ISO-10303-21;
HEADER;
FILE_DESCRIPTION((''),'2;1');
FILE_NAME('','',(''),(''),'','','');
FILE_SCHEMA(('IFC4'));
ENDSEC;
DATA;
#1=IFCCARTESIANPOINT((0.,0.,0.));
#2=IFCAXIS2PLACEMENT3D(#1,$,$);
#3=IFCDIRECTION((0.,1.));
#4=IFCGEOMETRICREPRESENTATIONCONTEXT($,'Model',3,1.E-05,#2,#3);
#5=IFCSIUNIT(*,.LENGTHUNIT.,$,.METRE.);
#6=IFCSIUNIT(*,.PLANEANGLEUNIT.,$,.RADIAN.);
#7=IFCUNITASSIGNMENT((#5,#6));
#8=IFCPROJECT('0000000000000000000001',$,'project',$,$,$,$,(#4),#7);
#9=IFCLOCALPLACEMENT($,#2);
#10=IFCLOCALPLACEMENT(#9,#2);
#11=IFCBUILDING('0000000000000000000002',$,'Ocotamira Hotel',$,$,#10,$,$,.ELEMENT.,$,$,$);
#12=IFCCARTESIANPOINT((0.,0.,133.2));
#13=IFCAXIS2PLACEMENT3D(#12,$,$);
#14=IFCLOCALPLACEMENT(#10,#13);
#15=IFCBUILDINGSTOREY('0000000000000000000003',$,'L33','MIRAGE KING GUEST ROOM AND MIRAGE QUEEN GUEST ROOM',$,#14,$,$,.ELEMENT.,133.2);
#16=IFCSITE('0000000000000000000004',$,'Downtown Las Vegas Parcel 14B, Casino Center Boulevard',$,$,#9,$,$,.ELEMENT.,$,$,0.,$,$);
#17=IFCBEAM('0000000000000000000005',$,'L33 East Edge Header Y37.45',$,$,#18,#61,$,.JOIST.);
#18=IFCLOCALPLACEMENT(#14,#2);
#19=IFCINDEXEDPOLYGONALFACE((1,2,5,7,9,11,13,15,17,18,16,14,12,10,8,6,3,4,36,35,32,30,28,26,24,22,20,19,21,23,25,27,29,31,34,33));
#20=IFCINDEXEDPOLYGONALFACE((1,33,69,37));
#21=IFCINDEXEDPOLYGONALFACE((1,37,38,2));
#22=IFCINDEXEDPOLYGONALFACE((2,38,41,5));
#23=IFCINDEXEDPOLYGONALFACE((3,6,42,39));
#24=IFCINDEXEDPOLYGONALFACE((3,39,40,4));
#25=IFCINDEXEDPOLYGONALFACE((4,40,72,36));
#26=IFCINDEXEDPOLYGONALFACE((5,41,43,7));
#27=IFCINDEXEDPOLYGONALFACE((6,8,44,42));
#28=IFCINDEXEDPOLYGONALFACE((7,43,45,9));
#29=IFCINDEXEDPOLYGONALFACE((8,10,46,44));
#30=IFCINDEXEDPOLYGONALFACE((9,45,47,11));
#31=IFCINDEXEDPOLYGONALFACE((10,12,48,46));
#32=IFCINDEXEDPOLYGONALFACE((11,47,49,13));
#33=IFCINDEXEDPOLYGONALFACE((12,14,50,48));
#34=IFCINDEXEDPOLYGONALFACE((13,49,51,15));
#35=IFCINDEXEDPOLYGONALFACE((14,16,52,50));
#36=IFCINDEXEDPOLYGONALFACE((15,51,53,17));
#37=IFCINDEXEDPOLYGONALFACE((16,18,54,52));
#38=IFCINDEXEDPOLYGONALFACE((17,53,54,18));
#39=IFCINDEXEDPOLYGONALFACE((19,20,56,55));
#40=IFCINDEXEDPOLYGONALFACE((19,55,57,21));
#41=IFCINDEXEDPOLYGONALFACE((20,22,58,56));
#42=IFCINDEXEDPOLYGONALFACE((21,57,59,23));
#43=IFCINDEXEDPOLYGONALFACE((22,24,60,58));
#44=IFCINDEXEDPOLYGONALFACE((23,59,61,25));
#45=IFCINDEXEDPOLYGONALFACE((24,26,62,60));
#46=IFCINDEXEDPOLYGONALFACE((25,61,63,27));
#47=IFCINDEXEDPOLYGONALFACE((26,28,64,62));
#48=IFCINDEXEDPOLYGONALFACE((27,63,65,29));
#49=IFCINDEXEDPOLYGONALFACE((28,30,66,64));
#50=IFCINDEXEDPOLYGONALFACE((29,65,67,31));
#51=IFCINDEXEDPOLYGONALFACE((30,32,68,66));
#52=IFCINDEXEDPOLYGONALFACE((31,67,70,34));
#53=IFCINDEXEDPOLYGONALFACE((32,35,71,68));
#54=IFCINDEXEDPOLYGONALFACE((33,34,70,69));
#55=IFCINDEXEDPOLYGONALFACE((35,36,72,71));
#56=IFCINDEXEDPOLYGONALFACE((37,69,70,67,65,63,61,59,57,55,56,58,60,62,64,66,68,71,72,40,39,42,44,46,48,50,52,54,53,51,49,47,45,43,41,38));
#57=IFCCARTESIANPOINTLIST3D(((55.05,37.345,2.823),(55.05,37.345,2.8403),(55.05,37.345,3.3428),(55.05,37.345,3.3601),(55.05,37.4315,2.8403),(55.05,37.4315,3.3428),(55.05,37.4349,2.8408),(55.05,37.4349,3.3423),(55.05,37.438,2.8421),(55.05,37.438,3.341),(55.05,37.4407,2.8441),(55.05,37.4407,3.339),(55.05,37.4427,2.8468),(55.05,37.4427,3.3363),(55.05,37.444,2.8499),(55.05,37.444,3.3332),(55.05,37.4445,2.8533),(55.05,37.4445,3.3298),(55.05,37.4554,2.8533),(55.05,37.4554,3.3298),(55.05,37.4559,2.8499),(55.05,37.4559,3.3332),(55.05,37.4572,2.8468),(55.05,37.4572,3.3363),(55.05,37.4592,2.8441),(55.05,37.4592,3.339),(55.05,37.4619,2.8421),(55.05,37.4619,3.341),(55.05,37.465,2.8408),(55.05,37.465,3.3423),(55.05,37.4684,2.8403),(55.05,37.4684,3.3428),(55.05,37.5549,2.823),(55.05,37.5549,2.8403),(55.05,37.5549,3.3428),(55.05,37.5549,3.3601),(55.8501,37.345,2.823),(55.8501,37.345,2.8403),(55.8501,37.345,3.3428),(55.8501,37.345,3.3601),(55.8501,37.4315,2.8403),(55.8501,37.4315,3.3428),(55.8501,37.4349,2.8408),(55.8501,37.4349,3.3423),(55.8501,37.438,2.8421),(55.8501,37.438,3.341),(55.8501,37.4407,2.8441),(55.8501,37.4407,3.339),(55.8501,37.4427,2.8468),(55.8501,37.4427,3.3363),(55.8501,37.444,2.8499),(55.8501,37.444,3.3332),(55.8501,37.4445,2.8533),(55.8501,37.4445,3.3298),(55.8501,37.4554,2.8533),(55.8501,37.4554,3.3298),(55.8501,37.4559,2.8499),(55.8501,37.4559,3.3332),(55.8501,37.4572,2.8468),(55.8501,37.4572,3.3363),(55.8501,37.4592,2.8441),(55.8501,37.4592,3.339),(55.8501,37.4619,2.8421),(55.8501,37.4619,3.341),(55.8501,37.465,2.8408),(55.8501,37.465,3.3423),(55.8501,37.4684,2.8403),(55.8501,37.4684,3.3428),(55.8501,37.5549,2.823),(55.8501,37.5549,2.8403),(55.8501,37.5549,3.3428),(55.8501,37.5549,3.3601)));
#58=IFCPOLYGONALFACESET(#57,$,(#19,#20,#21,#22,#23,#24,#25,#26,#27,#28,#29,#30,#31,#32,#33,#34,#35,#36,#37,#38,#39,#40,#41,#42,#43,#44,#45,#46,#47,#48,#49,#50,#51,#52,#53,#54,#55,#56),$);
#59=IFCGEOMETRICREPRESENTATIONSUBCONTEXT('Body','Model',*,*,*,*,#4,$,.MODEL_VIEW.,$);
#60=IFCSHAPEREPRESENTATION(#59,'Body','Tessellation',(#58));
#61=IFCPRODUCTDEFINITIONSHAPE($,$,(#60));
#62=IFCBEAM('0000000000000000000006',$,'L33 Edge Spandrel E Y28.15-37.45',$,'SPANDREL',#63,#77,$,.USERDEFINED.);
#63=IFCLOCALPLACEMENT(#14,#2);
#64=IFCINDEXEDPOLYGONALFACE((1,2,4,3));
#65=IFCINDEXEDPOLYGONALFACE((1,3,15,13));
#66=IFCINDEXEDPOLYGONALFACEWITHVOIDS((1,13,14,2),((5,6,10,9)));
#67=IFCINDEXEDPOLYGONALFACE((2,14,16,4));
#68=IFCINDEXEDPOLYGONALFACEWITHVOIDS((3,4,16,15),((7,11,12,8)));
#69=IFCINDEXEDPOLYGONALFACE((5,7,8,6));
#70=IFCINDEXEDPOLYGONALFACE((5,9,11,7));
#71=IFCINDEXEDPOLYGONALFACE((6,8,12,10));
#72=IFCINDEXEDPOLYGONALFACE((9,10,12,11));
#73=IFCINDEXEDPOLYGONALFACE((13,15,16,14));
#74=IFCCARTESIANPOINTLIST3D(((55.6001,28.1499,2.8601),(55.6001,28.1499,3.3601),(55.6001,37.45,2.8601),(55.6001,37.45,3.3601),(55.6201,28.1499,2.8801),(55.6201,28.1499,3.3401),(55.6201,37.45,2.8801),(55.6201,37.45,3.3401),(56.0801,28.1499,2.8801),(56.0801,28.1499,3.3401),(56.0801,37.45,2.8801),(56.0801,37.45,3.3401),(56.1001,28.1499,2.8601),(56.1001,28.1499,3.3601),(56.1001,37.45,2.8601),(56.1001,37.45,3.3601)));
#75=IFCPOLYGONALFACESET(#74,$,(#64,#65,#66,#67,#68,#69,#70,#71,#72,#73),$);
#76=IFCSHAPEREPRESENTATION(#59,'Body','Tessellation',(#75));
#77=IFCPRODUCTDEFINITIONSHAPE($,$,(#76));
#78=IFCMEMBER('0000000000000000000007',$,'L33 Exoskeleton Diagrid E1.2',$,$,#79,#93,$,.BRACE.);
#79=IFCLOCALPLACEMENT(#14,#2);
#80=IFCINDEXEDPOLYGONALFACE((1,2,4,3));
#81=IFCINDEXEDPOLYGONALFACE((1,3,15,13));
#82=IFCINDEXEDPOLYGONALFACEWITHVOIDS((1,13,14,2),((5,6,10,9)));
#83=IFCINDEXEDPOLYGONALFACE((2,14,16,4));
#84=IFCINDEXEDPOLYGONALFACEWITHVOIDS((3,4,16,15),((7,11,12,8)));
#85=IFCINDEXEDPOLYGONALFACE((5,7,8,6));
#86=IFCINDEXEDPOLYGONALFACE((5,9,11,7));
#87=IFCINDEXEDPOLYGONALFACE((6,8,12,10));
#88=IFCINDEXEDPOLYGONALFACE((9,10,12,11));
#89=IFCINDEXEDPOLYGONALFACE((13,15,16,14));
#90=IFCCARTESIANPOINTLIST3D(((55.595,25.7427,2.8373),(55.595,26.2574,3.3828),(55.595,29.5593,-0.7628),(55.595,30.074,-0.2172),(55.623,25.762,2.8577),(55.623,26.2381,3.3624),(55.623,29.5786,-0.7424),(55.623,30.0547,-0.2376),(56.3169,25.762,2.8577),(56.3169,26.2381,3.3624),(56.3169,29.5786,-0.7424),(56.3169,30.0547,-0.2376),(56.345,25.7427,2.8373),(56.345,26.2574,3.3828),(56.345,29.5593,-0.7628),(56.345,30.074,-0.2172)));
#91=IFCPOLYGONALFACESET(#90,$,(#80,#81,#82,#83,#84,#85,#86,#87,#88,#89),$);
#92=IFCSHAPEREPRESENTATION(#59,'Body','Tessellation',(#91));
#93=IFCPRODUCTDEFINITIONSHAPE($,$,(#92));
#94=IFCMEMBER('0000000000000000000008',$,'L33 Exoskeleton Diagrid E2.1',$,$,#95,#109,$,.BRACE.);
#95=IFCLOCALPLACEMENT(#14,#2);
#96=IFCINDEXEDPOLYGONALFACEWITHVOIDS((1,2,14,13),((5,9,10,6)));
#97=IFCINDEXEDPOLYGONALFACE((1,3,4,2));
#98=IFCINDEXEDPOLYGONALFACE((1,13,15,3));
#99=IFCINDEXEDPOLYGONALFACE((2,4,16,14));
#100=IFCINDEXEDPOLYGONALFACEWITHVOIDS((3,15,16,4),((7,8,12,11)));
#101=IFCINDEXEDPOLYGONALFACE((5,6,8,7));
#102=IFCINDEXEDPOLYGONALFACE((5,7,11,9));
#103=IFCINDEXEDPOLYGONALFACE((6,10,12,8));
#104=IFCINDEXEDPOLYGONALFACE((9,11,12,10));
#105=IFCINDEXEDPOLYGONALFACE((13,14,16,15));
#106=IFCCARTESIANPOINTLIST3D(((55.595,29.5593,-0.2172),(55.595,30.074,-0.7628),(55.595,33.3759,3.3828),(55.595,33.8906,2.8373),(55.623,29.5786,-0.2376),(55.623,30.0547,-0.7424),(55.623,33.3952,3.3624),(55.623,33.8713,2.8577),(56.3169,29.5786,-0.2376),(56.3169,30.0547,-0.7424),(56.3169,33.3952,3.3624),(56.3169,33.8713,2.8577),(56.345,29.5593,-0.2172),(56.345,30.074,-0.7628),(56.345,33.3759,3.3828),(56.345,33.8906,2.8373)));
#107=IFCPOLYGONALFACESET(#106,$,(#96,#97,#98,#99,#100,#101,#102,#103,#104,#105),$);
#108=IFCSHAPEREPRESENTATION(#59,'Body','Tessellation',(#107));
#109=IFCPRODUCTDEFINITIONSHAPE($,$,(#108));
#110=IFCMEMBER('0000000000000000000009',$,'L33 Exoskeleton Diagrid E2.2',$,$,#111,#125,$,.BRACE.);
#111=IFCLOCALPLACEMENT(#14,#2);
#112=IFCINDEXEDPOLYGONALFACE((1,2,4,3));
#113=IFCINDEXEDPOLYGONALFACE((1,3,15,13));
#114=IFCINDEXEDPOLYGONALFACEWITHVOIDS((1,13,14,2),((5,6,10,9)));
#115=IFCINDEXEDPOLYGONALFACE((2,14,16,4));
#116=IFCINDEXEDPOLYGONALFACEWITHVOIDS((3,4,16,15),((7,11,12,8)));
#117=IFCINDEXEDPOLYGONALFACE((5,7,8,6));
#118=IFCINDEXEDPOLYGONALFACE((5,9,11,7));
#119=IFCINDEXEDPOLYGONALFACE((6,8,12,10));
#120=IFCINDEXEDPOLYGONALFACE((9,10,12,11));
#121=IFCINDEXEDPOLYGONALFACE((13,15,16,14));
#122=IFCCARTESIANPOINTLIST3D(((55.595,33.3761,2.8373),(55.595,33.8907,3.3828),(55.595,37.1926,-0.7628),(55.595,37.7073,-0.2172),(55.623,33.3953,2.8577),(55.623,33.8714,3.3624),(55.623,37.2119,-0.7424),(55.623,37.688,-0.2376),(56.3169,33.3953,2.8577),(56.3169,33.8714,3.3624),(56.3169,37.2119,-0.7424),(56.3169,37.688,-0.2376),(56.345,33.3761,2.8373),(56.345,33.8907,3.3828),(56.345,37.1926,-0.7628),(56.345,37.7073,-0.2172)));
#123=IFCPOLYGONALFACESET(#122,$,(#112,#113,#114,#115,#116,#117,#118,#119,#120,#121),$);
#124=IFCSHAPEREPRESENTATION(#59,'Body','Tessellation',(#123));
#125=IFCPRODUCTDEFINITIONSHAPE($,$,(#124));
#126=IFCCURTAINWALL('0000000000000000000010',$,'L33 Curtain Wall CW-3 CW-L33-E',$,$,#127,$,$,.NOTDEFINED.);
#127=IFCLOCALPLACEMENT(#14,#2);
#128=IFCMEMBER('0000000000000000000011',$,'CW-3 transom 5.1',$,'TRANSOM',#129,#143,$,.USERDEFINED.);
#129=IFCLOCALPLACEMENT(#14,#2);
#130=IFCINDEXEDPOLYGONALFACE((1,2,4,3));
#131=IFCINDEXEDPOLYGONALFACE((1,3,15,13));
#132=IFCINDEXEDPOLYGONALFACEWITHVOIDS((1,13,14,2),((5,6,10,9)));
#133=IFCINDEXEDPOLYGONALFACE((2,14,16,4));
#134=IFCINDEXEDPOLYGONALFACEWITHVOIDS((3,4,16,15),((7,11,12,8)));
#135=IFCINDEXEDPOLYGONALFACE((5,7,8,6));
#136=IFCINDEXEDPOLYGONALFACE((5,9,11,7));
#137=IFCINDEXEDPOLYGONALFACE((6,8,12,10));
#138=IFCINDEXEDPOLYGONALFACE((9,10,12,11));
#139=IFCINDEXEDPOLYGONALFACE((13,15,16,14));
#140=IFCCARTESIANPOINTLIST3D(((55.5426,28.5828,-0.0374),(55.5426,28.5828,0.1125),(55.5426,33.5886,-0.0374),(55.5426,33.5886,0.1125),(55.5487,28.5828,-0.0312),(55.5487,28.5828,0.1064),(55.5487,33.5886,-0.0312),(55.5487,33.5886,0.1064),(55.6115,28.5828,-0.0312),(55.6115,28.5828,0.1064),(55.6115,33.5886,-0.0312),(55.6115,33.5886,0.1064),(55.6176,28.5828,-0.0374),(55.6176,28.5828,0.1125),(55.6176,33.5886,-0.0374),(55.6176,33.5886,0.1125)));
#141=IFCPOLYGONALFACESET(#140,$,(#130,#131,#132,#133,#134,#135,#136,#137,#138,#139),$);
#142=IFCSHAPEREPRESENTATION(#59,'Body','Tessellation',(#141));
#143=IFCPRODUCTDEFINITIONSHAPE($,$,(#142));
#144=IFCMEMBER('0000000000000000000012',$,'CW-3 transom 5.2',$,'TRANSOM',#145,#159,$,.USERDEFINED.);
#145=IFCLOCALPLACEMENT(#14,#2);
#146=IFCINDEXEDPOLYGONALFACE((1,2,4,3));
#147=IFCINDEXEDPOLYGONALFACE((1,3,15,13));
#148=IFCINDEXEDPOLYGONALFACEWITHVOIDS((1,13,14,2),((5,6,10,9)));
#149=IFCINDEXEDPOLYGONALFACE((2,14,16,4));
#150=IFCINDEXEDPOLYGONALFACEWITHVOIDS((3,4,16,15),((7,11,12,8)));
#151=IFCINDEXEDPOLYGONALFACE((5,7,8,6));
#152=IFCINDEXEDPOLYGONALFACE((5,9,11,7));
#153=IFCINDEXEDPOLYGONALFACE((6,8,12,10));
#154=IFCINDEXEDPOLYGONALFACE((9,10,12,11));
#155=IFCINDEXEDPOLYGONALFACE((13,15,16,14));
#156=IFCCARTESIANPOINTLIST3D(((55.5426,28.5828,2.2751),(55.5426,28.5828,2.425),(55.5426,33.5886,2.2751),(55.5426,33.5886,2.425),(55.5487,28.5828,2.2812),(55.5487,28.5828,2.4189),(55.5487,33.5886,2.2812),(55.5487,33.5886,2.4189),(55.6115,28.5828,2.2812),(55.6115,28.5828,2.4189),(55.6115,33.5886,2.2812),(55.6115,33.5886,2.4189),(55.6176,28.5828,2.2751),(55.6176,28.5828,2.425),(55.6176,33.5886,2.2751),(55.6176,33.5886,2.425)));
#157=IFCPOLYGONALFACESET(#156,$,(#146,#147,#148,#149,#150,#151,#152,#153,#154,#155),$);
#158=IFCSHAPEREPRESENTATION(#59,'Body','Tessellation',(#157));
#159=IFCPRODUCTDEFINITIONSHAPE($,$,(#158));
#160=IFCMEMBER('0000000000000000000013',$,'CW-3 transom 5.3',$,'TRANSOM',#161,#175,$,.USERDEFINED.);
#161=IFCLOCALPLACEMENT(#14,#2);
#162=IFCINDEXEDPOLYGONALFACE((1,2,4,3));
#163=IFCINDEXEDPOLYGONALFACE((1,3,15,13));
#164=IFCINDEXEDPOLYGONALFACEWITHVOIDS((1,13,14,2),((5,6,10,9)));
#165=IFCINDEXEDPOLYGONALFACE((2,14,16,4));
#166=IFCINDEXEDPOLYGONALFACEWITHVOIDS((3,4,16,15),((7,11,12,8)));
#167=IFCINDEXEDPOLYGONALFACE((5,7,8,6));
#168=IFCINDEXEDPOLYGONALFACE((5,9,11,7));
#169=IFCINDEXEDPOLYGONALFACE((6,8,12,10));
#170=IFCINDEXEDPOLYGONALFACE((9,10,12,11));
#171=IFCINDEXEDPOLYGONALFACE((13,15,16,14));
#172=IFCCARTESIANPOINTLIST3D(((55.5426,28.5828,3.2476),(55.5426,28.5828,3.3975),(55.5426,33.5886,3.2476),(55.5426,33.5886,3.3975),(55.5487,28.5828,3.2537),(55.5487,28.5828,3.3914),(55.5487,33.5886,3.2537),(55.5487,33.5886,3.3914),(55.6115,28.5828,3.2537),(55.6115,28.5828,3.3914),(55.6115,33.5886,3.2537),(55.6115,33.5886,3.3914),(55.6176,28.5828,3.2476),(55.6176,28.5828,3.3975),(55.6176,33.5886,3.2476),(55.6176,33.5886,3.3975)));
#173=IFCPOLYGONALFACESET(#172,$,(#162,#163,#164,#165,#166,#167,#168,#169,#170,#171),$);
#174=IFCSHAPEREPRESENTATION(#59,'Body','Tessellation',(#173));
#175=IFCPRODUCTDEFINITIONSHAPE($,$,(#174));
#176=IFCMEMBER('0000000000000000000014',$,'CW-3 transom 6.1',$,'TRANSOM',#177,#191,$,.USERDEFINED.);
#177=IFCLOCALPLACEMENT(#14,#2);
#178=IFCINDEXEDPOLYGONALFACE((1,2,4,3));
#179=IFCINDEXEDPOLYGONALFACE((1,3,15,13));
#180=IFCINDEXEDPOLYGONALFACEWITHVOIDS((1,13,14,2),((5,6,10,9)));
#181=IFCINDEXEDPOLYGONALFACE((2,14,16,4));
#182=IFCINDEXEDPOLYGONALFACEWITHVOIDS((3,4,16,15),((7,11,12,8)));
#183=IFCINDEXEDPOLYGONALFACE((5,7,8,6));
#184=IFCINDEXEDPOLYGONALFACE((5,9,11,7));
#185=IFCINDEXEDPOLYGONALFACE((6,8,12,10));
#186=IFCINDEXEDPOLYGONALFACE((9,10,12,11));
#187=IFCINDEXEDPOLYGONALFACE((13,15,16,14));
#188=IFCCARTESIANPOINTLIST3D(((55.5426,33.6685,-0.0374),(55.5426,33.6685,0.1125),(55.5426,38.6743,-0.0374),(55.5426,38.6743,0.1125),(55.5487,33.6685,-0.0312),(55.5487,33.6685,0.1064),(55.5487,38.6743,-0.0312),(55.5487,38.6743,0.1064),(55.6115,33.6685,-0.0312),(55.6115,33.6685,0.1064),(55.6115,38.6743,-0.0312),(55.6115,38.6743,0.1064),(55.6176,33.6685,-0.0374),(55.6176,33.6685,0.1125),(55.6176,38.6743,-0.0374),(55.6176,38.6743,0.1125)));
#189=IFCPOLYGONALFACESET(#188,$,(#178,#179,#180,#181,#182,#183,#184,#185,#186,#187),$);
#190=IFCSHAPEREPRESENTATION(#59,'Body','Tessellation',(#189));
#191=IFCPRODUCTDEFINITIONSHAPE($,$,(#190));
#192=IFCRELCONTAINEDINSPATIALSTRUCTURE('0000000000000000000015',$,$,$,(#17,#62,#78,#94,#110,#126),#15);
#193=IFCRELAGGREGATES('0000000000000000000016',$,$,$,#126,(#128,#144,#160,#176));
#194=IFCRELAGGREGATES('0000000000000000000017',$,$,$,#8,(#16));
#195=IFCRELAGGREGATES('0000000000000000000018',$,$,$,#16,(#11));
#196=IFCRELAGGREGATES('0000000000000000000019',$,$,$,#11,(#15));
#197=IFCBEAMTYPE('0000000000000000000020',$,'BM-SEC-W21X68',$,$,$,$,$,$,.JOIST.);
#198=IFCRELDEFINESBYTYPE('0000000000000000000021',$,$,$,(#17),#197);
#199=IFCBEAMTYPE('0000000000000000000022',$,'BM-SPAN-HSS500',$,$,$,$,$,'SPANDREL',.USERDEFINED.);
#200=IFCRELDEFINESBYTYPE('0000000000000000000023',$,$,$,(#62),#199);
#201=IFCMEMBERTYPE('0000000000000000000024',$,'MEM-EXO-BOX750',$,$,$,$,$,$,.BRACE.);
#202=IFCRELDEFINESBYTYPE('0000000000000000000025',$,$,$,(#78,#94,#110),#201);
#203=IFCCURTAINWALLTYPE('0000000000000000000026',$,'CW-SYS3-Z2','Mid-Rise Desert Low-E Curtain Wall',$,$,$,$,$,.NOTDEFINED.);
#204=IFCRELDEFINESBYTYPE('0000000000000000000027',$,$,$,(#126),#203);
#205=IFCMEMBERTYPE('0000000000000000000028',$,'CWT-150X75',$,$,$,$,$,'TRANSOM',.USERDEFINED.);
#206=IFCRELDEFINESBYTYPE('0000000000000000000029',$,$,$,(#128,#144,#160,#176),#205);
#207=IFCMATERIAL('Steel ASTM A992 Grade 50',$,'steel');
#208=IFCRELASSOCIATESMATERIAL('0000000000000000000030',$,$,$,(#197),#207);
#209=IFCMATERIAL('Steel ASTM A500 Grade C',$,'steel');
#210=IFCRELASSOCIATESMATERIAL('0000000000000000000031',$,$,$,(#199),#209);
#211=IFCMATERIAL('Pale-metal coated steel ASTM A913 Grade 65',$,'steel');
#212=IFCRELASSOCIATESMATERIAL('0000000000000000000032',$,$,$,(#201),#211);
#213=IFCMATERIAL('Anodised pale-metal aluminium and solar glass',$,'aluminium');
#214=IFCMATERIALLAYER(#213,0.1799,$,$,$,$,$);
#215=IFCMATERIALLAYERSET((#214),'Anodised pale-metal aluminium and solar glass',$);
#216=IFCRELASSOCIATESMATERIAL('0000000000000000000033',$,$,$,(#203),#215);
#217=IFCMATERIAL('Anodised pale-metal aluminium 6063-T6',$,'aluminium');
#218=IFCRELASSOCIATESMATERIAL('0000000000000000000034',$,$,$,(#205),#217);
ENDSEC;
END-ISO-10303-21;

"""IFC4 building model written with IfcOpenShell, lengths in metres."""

from ifc_helpers import new_model, si_unit, direction, frame, origin, origin_2d, place, context, subcontext, project, spatial, hollow_rectangle, i_section, extrude, source, transform, mapped, material, layer, layer_set, material_profile, profile_set, type_object, element, aggregate, save


model = new_model("IFC4")

# Units and contexts
model_context = context("Model", 3, precision=1e-05, world=origin(), true_north=direction((0.0, 1.0)))
body_context = subcontext(model_context, "Body", "Model", "MODEL_VIEW")
ifc_project = project(units=[si_unit("LENGTHUNIT", "METRE"), si_unit("PLANEANGLEUNIT", "RADIAN")], contexts=[model_context])

# Site, building, storey
site_placement = place(None, origin())
site = spatial("IfcSite", under=ifc_project, at=site_placement, Name="Downtown Las Vegas Parcel 14B, Casino Center Boulevard", CompositionType="ELEMENT", RefElevation=0.0)
building_placement = place(site_placement, origin())
building = spatial("IfcBuilding", under=site, at=building_placement, Name="Ocotamira Hotel", CompositionType="ELEMENT")
storey_placement = place(building_placement, frame((0.0, 0.0, 133.2)))
storey = spatial("IfcBuildingStorey", under=building, at=storey_placement, Name="L33", Description="MIRAGE KING GUEST ROOM AND MIRAGE QUEEN GUEST ROOM", CompositionType="ELEMENT", Elevation=133.2)

# Beams
ifc_material_1 = material(Name="Steel ASTM A500 Grade C", Category="steel")
ifc_material_2 = material(Name="Steel ASTM A992 Grade 50", Category="steel")
ifc_material_profile_1 = material_profile(ifc_material_2, i_section(OverallWidth=0.21, OverallDepth=0.5371, WebThickness=0.011, FlangeThickness=0.0173, FilletRadius=0.0129, at=origin_2d()), Name="W21X68")
ifc_profile_set_1 = profile_set([ifc_material_profile_1], Name="Steel ASTM A992 Grade 50")
beam_type_1 = type_object("IfcBeamType", Name="BM-SEC-W21X68", PredefinedType="JOIST", material=ifc_profile_set_1)
shared_shape_1 = source(origin(), body_context, "Body", "SweptSolid", [
    extrude(i_section(OverallWidth=0.21, OverallDepth=0.5371, WebThickness=0.011, FlangeThickness=0.0173, FilletRadius=0.0129, at=origin_2d()), origin(), (0.0, 0.0, 1.0), 0.8),
])
for number, where, z_axis, x_axis, name in (
    (1, (55.05, 37.45, 3.0916), (1.0, 0.0, 0.0), (0.0, 1.0, 0.0), "L33 East Edge Header Y37.45"),
):
    element("IfcBeam", number, at=place(storey_placement, frame(where, z_axis=z_axis, x_axis=x_axis)), inside=storey, type_object=beam_type_1, Name=name, PredefinedType="JOIST", context=body_context, shape_type="MappedRepresentation", body=[
        mapped(shared_shape_1, transform((0.0, 0.0, 0.0), scale=1.0)),
    ])
ifc_material_profile_2 = material_profile(ifc_material_1, hollow_rectangle(XDim=0.5, YDim=0.5, WallThickness=0.02, at=origin_2d()), Name="HSS500X500X20")
ifc_profile_set_2 = profile_set([ifc_material_profile_2], Name="Steel ASTM A500 Grade C")
beam_type_2 = type_object("IfcBeamType", Name="BM-SPAN-HSS500", ElementType="SPANDREL", PredefinedType="USERDEFINED", material=ifc_profile_set_2)
shared_shape_2 = source(origin(), body_context, "Body", "SweptSolid", [
    extrude(hollow_rectangle(XDim=0.5, YDim=0.5, WallThickness=0.02, at=origin_2d()), origin(), (0.0, 0.0, 1.0), 9.3),
])
beam_1_placement = place(storey_placement, frame((55.8501, 28.1499, 3.1101), z_axis=(0.0, 1.0, 0.0), x_axis=(-1.0, 0.0, 0.0)))
element("IfcBeam", 2, at=beam_1_placement, inside=storey, type_object=beam_type_2, Name="L33 Edge Spandrel E Y28.15-37.45", ObjectType="SPANDREL", PredefinedType="USERDEFINED", context=body_context, shape_type="MappedRepresentation", body=[
    mapped(shared_shape_2, transform((0.0, 0.0, 0.0), scale=1.0)),
])

# Members
ifc_material_3 = material(Name="Pale-metal coated steel ASTM A913 Grade 65", Category="steel")
ifc_material_profile_3 = material_profile(ifc_material_3, hollow_rectangle(XDim=0.75, YDim=0.75, WallThickness=0.0281, at=origin_2d()), Name="BOX750X750X28")
ifc_profile_set_3 = profile_set([ifc_material_profile_3], Name="Pale-metal coated steel ASTM A913 Grade 65")
member_type_1 = type_object("IfcMemberType", Name="MEM-EXO-BOX750", PredefinedType="BRACE", material=ifc_profile_set_3)
shared_shape_3 = source(origin(), body_context, "Body", "SweptSolid", [
    extrude(hollow_rectangle(XDim=0.75, YDim=0.75, WallThickness=0.0281, at=origin_2d()), origin(), (0.0, 0.0, 1.0), 5.2466),
])
for number, where, z_axis, x_axis, name in (
    (3, (55.97, 29.8167, -0.49), (0.0, -0.727443, 0.686168), (1.0, 0.0, 0.0), "L33 Exoskeleton Diagrid E1.2"),
    (4, (55.97, 29.8167, -0.49), (0.0, 0.727443, 0.686168), (-1.0, 0.0, 0.0), "L33 Exoskeleton Diagrid E2.1"),
    (5, (55.97, 37.45, -0.49), (0.0, -0.727443, 0.686168), (1.0, 0.0, 0.0), "L33 Exoskeleton Diagrid E2.2"),
):
    element("IfcMember", number, at=place(storey_placement, frame(where, z_axis=z_axis, x_axis=x_axis)), inside=storey, type_object=member_type_1, Name=name, PredefinedType="BRACE", context=body_context, shape_type="MappedRepresentation", body=[
        mapped(shared_shape_3, transform((0.0, 0.0, 0.0), scale=1.0)),
    ])

# Curtain wall, members
ifc_material_4 = material(Name="Anodised pale-metal aluminium and solar glass", Category="aluminium")
ifc_layer_1 = layer(ifc_material_4, 0.1799)
ifc_layer_set_1 = layer_set([ifc_layer_1], Name="Anodised pale-metal aluminium and solar glass")
curtain_wall_type = type_object("IfcCurtainWallType", Name="CW-SYS3-Z2", Description="Mid-Rise Desert Low-E Curtain Wall", PredefinedType="NOTDEFINED", material=ifc_layer_set_1)
curtain_wall_placement = place(storey_placement, origin())
curtain_wall = element("IfcCurtainWall", 6, at=curtain_wall_placement, inside=storey, type_object=curtain_wall_type, Name="L33 Curtain Wall CW-3 CW-L33-E", PredefinedType="NOTDEFINED")
ifc_material_5 = material(Name="Anodised pale-metal aluminium 6063-T6", Category="aluminium")
ifc_material_profile_4 = material_profile(ifc_material_5, hollow_rectangle(XDim=0.075, YDim=0.1499, WallThickness=0.0061, at=origin_2d()), Name="HSS150X75X6")
ifc_profile_set_4 = profile_set([ifc_material_profile_4], Name="Anodised pale-metal aluminium 6063-T6")
member_type_2 = type_object("IfcMemberType", Name="CWT-150X75", ElementType="TRANSOM", PredefinedType="USERDEFINED", material=ifc_profile_set_4)
shared_shape_4 = source(origin(), body_context, "Body", "SweptSolid", [
    extrude(hollow_rectangle(XDim=0.075, YDim=0.1499, WallThickness=0.0061, at=origin_2d()), origin(), (0.0, 0.0, 1.0), 5.0059),
])
member_1_placement = place(storey_placement, frame((55.5801, 28.5828, 0.0376), z_axis=(0.0, 1.0, 0.0), x_axis=(-1.0, 0.0, 0.0)))
member_1 = element("IfcMember", 7, at=member_1_placement, type_object=member_type_2, Name="CW-3 transom 5.1", ObjectType="TRANSOM", PredefinedType="USERDEFINED", context=body_context, shape_type="MappedRepresentation", body=[
    mapped(shared_shape_4, transform((0.0, 0.0, 0.0), scale=1.0)),
])
member_2_placement = place(storey_placement, frame((55.5801, 28.5828, 2.3501), z_axis=(0.0, 1.0, 0.0), x_axis=(-1.0, 0.0, 0.0)))
member_2 = element("IfcMember", 8, at=member_2_placement, type_object=member_type_2, Name="CW-3 transom 5.2", ObjectType="TRANSOM", PredefinedType="USERDEFINED", context=body_context, shape_type="MappedRepresentation", body=[
    mapped(shared_shape_4, transform((0.0, 0.0, 0.0), scale=1.0)),
])
member_3_placement = place(storey_placement, frame((55.5801, 28.5828, 3.3225), z_axis=(0.0, 1.0, 0.0), x_axis=(-1.0, 0.0, 0.0)))
member_3 = element("IfcMember", 9, at=member_3_placement, type_object=member_type_2, Name="CW-3 transom 5.3", ObjectType="TRANSOM", PredefinedType="USERDEFINED", context=body_context, shape_type="MappedRepresentation", body=[
    mapped(shared_shape_4, transform((0.0, 0.0, 0.0), scale=1.0)),
])
member_4_placement = place(storey_placement, frame((55.5801, 33.6685, 0.0376), z_axis=(0.0, 1.0, 0.0), x_axis=(-1.0, 0.0, 0.0)))
member_4 = element("IfcMember", 10, at=member_4_placement, type_object=member_type_2, Name="CW-3 transom 6.1", ObjectType="TRANSOM", PredefinedType="USERDEFINED", context=body_context, shape_type="MappedRepresentation", body=[
    mapped(shared_shape_4, transform((0.0, 0.0, 0.0), scale=1.0)),
])

aggregate(curtain_wall, [member_1, member_2, member_3, member_4])

save(model, "model.ifc")
